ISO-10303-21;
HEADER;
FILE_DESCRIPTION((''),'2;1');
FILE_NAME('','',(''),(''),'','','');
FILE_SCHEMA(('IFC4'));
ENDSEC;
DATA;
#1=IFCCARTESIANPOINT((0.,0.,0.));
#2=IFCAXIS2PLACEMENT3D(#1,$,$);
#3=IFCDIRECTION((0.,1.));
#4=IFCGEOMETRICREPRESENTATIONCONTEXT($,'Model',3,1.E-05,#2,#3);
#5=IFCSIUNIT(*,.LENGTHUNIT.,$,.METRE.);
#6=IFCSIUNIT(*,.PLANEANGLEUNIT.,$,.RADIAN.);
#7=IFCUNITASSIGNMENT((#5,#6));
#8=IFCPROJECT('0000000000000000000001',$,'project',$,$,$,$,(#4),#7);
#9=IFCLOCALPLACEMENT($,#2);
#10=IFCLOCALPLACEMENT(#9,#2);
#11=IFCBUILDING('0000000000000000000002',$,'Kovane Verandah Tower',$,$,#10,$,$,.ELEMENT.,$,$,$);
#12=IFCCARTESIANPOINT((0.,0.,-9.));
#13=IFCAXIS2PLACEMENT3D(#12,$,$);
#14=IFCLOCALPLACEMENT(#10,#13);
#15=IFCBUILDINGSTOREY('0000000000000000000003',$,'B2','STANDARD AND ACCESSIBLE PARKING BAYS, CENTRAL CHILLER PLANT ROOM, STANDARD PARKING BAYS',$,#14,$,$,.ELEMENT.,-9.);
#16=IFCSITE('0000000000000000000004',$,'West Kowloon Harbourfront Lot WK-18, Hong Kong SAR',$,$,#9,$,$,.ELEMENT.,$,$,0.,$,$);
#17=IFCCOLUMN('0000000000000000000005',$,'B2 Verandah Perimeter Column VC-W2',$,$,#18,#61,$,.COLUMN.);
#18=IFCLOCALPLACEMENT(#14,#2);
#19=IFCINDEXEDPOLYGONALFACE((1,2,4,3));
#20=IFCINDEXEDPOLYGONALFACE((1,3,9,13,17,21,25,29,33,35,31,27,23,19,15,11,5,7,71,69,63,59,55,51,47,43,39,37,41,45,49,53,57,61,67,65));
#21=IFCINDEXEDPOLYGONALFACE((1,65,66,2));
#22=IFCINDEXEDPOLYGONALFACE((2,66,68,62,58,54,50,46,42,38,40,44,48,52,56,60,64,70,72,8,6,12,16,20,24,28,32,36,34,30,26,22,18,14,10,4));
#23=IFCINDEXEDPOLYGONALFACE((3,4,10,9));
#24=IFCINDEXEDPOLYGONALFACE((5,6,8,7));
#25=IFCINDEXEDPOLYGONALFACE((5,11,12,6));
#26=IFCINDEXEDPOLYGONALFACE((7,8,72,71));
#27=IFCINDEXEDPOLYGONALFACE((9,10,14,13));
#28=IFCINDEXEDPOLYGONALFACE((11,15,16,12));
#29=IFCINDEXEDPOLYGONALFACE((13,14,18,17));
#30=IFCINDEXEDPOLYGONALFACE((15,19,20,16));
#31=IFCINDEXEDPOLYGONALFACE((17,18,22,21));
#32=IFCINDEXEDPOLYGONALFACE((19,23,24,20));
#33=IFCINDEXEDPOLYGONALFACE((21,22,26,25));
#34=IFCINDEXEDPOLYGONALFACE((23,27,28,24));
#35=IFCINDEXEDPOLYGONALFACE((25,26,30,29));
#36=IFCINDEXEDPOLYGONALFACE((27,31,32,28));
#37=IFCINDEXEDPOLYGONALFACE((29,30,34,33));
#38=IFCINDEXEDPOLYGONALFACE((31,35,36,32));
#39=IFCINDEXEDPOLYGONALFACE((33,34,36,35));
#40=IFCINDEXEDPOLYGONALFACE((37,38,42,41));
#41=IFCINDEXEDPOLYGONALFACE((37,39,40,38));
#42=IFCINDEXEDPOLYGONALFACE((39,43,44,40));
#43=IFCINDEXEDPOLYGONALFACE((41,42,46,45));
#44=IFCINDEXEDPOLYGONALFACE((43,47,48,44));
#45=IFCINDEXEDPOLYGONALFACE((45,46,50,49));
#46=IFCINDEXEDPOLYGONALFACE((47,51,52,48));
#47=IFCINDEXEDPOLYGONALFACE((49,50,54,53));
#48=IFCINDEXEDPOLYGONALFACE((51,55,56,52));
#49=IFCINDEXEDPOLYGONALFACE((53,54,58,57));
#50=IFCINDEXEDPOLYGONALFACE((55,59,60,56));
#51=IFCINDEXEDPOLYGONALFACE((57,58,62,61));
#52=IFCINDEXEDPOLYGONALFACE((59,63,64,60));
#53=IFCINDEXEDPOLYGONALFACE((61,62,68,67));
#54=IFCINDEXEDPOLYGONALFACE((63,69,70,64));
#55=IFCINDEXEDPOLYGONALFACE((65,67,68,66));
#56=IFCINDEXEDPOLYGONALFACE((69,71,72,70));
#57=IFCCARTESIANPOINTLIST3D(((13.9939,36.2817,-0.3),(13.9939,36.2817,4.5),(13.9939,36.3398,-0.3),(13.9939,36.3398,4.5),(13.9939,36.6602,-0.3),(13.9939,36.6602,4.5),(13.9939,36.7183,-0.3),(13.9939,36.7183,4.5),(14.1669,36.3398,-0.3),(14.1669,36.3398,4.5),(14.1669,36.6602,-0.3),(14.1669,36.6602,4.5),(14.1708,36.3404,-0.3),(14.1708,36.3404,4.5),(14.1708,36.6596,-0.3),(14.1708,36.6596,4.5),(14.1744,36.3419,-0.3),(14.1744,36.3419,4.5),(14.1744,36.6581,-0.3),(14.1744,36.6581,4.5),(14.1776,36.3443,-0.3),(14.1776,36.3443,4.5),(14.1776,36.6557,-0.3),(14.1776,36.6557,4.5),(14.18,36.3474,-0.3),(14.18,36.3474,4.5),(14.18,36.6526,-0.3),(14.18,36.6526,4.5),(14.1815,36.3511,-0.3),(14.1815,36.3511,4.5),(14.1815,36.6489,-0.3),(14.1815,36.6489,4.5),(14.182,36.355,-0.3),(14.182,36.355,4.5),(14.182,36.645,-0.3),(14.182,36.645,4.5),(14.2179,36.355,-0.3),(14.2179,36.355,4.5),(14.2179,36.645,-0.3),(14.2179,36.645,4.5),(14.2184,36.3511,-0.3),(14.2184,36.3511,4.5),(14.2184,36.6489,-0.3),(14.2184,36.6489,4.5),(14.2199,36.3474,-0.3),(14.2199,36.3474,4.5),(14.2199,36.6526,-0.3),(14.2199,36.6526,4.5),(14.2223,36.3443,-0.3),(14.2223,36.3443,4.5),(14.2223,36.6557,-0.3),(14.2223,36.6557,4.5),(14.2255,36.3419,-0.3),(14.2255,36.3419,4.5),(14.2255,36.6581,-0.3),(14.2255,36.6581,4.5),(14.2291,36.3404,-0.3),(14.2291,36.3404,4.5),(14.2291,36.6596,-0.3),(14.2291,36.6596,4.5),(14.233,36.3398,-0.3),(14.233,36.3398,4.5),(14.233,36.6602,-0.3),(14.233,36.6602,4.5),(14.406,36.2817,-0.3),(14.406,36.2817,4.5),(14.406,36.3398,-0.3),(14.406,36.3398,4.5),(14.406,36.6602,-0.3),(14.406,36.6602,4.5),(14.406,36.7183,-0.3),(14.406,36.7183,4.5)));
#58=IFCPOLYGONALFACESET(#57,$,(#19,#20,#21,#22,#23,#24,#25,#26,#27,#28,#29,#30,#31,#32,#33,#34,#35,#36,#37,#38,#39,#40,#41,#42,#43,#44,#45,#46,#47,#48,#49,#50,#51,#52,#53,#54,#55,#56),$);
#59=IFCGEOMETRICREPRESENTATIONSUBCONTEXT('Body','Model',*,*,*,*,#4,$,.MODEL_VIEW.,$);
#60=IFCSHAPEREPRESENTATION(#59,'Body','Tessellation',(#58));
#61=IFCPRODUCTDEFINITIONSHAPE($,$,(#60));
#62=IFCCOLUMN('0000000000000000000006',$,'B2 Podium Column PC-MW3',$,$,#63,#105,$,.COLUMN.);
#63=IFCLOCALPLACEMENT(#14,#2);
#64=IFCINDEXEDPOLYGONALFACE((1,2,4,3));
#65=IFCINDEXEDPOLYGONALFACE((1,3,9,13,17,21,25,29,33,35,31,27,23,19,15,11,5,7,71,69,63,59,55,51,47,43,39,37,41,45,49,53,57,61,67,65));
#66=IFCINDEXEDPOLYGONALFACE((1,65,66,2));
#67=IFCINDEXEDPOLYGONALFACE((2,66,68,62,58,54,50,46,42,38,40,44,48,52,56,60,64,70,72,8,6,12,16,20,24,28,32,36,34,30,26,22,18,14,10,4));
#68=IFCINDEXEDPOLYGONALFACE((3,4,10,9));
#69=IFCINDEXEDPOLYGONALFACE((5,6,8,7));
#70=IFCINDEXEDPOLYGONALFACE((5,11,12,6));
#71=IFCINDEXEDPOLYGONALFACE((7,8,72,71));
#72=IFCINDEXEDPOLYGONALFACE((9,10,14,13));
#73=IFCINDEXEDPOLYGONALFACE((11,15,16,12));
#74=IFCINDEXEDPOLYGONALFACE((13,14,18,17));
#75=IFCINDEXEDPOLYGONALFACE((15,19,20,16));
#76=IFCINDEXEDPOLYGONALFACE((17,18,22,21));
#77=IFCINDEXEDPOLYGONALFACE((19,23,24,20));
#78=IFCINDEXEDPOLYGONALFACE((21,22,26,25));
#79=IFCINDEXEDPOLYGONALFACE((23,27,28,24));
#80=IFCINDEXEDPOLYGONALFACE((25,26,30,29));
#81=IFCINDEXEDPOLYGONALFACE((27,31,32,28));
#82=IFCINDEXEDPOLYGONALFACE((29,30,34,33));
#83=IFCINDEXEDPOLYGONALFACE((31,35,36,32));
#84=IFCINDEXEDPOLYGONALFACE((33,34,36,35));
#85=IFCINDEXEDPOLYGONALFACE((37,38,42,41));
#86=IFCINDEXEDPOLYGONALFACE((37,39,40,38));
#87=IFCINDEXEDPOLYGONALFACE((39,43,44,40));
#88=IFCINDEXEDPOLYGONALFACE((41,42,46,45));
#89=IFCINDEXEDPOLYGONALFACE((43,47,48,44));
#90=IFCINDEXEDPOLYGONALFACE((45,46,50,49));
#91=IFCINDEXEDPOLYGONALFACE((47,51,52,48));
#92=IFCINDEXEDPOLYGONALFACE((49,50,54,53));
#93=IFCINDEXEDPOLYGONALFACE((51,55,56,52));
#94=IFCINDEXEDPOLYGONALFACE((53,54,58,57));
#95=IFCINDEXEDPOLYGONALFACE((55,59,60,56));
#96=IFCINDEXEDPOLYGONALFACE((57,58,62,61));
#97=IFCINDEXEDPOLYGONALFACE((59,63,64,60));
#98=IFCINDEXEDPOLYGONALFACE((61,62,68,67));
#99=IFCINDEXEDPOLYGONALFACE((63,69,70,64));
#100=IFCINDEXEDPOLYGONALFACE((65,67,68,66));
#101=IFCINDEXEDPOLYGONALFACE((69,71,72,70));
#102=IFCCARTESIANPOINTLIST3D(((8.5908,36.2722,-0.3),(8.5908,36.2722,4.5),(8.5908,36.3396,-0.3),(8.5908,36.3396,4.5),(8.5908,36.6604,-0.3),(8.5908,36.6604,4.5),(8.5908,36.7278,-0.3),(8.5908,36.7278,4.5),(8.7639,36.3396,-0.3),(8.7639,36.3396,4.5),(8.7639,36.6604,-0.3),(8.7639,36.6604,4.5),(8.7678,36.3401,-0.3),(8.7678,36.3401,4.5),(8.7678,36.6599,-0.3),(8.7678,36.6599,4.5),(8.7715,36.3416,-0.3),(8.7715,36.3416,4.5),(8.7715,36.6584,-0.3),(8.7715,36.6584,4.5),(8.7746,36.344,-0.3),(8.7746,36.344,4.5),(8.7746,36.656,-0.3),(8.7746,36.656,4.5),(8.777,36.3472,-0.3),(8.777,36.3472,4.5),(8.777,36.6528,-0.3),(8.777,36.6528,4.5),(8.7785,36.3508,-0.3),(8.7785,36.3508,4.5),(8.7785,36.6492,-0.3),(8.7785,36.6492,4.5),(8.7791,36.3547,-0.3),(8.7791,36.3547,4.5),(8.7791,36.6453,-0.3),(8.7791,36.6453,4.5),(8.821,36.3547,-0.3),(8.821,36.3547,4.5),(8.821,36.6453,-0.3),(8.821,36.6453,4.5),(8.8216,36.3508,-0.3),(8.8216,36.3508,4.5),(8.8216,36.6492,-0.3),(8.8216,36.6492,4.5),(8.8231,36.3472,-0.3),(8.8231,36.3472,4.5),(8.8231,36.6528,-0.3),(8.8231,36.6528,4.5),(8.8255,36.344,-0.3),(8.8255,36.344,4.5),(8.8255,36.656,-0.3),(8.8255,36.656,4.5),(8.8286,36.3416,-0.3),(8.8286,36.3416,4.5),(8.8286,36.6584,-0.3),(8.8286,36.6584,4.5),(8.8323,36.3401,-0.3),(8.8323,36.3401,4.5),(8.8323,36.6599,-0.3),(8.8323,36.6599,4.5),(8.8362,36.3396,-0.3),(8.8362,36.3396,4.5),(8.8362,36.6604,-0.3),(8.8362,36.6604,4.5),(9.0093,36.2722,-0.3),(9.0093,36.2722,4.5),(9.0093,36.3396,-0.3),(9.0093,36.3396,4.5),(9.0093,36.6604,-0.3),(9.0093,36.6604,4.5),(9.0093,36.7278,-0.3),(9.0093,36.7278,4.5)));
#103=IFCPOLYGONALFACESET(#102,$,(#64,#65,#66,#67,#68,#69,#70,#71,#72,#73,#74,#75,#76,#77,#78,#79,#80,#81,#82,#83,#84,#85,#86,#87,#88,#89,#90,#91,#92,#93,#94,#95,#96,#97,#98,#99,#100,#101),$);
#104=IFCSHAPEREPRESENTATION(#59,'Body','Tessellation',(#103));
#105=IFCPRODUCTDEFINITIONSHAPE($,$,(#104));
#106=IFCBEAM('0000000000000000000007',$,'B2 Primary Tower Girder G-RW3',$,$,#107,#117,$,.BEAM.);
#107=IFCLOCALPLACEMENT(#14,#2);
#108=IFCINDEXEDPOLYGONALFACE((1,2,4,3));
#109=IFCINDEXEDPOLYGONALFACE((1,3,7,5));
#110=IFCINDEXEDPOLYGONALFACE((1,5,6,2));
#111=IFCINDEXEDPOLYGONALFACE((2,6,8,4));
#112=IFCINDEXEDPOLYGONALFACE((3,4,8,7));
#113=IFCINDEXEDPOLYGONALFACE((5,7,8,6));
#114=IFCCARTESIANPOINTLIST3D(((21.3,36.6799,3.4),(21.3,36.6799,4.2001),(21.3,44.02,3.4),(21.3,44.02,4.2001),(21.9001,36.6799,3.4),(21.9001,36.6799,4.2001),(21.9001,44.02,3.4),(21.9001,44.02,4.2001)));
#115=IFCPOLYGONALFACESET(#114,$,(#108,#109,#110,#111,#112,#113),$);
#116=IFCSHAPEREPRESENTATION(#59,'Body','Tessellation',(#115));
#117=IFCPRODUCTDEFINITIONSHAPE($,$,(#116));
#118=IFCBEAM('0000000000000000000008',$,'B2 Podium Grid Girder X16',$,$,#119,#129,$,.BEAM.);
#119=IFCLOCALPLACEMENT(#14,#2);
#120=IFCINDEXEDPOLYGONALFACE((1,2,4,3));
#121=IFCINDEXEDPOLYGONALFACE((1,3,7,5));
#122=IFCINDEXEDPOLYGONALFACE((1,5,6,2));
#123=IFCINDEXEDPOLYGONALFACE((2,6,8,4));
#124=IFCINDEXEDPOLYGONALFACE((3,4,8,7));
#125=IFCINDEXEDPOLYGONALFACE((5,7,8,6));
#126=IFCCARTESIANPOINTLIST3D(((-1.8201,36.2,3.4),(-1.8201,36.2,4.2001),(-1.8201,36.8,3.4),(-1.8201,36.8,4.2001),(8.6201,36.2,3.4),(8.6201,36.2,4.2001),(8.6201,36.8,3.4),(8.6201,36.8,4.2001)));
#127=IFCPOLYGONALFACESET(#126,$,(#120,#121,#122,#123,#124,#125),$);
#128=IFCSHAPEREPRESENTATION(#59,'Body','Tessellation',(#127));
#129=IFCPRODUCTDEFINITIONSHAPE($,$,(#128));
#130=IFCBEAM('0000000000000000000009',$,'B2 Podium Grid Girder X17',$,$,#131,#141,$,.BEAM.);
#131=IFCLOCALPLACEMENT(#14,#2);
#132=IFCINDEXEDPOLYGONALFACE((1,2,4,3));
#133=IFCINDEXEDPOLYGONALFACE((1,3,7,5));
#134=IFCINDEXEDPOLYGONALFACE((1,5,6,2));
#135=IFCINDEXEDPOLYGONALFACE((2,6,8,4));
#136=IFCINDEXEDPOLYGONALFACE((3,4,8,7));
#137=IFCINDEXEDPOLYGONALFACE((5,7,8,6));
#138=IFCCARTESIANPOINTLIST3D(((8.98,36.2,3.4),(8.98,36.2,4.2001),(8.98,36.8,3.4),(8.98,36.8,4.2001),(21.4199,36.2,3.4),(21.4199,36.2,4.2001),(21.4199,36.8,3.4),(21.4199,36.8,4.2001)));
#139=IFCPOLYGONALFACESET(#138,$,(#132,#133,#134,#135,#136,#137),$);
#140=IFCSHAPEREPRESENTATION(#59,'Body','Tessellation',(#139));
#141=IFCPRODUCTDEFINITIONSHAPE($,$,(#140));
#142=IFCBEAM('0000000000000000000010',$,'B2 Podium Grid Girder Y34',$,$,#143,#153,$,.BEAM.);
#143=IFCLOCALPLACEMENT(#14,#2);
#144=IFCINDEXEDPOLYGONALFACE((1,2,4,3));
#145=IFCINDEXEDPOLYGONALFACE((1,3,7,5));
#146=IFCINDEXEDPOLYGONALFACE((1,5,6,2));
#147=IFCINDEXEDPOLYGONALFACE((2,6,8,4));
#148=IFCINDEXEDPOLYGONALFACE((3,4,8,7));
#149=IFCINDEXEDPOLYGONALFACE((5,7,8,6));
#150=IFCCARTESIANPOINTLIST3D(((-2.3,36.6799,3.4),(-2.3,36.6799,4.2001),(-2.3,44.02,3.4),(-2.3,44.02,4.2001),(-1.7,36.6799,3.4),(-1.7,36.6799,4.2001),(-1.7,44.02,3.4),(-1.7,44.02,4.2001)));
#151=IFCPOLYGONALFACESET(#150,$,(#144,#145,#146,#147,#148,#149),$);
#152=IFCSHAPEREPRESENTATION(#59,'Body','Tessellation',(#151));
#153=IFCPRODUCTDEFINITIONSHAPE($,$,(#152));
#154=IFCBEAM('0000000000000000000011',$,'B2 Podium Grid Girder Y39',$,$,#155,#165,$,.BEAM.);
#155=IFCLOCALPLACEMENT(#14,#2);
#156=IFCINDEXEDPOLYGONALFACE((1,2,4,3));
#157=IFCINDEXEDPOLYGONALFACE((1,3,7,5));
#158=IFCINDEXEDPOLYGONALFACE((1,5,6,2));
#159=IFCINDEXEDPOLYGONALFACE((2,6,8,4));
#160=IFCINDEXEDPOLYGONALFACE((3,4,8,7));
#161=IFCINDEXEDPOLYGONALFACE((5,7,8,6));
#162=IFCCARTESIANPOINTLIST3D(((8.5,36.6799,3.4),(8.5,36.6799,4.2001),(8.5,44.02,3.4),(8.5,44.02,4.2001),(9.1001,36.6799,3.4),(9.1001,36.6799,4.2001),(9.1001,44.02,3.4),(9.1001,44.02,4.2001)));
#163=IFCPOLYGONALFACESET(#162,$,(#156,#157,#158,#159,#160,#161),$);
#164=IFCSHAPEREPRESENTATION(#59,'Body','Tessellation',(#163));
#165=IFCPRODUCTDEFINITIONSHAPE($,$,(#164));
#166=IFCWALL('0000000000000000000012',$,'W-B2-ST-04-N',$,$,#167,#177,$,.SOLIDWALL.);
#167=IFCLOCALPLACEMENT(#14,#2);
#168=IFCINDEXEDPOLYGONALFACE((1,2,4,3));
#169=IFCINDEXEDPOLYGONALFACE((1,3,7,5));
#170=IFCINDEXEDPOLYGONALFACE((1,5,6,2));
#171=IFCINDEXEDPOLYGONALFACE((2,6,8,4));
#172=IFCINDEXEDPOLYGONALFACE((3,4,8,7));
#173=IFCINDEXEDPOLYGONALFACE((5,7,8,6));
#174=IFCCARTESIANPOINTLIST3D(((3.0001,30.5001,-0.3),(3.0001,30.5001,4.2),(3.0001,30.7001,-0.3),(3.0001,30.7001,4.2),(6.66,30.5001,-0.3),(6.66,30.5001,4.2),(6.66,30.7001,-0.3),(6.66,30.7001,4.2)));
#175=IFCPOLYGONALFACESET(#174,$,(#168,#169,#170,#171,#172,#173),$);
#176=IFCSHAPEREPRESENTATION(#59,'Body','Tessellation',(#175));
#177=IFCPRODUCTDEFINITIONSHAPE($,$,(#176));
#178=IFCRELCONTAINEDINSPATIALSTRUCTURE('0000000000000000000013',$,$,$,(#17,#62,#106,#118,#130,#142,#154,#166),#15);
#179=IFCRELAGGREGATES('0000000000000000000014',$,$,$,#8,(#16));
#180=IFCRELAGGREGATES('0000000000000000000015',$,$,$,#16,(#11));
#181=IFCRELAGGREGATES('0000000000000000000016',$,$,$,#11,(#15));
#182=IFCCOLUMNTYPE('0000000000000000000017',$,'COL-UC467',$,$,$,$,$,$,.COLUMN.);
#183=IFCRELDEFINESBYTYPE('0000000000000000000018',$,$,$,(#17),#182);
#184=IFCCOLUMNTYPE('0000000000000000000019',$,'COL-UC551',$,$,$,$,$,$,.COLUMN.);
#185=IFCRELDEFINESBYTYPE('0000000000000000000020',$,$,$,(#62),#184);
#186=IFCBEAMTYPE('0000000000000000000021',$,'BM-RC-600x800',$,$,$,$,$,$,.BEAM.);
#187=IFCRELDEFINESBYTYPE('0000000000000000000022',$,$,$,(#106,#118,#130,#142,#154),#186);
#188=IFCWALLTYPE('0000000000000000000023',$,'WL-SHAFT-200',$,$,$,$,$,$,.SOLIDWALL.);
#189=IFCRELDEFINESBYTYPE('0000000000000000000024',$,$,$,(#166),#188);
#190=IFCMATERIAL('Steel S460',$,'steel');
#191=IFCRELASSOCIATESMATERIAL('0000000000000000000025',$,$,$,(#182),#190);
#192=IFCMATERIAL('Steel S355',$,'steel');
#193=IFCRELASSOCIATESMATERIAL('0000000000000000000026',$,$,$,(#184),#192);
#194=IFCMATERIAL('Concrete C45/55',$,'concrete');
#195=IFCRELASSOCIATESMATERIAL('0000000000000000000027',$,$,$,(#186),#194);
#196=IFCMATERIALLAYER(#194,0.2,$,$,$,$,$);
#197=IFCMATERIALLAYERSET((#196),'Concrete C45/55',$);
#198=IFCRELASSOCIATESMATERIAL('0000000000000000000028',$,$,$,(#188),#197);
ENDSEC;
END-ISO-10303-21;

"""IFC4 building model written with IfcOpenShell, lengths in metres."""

from ifc_helpers import new_model, si_unit, direction, frame, frame_2d, origin, origin_2d, place, context, subcontext, project, spatial, rectangle, i_section, extrude, material, layer, layer_set, material_profile, profile_set, type_object, element, save


model = new_model("IFC4")

# Units and contexts
model_context = context("Model", 3, precision=1e-05, world=origin(), true_north=direction((0.0, 1.0)))
body_context = subcontext(model_context, "Body", "Model", "MODEL_VIEW")
ifc_project = project(units=[si_unit("LENGTHUNIT", "METRE"), si_unit("PLANEANGLEUNIT", "RADIAN")], contexts=[model_context])

# Site, building, storey
site_placement = place(None, origin())
site = spatial("IfcSite", under=ifc_project, at=site_placement, Name="West Kowloon Harbourfront Lot WK-18, Hong Kong SAR", CompositionType="ELEMENT", RefElevation=0.0)
building_placement = place(site_placement, origin())
building = spatial("IfcBuilding", under=site, at=building_placement, Name="Kovane Verandah Tower", CompositionType="ELEMENT")
storey_placement = place(building_placement, frame((0.0, 0.0, -9.0)))
storey = spatial("IfcBuildingStorey", under=building, at=storey_placement, Name="B2", Description="STANDARD AND ACCESSIBLE PARKING BAYS, CENTRAL CHILLER PLANT ROOM, STANDARD PARKING BAYS", CompositionType="ELEMENT", Elevation=-9.0)

# Columns
ifc_material_1 = material(Name="Steel S460", Category="steel")
ifc_material_profile_1 = material_profile(ifc_material_1, i_section(OverallWidth=0.4121, OverallDepth=0.4365, WebThickness=0.0359, FlangeThickness=0.0581, FilletRadius=0.0151, at=origin_2d()), Name="UC356x406x467")
ifc_profile_set_1 = profile_set([ifc_material_profile_1], Name="Steel S460")
column_type_1 = type_object("IfcColumnType", Name="COL-UC467", PredefinedType="COLUMN", material=ifc_profile_set_1)
column_1_placement = place(storey_placement, frame((14.2, 36.5, -0.3), z_axis=(0.0, 0.0, 1.0), x_axis=(1.0, 0.0, 0.0)))
element("IfcColumn", 1, at=column_1_placement, inside=storey, type_object=column_type_1, Name="B2 Verandah Perimeter Column VC-W2", PredefinedType="COLUMN", context=body_context, shape_type="SweptSolid", body=[
    extrude(i_section(OverallWidth=0.4121, OverallDepth=0.4365, WebThickness=0.0359, FlangeThickness=0.0581, FilletRadius=0.0151, at=origin_2d()), origin(), (0.0, 0.0, 1.0), 4.8),
])
ifc_material_2 = material(Name="Steel S355", Category="steel")
ifc_material_profile_2 = material_profile(ifc_material_2, i_section(OverallWidth=0.4185, OverallDepth=0.4556, WebThickness=0.042, FlangeThickness=0.0674, FilletRadius=0.0151, at=origin_2d()), Name="UC356x406x551")
ifc_profile_set_2 = profile_set([ifc_material_profile_2], Name="Steel S355")
column_type_2 = type_object("IfcColumnType", Name="COL-UC551", PredefinedType="COLUMN", material=ifc_profile_set_2)
column_2_placement = place(storey_placement, frame((8.8, 36.5, -0.3), z_axis=(0.0, 0.0, 1.0), x_axis=(1.0, 0.0, 0.0)))
element("IfcColumn", 2, at=column_2_placement, inside=storey, type_object=column_type_2, Name="B2 Podium Column PC-MW3", PredefinedType="COLUMN", context=body_context, shape_type="SweptSolid", body=[
    extrude(i_section(OverallWidth=0.4185, OverallDepth=0.4556, WebThickness=0.042, FlangeThickness=0.0674, FilletRadius=0.0151, at=origin_2d()), origin(), (0.0, 0.0, 1.0), 4.8),
])

# Beams
ifc_material_3 = material(Name="Concrete C45/55", Category="concrete")
ifc_material_profile_3 = material_profile(ifc_material_3, rectangle(XDim=0.6001, YDim=0.8, at=origin_2d()), Name="RCB600x800")
ifc_profile_set_3 = profile_set([ifc_material_profile_3], Name="Concrete C45/55")
beam_type = type_object("IfcBeamType", Name="BM-RC-600x800", PredefinedType="BEAM", material=ifc_profile_set_3)
beam_1_placement = place(storey_placement, frame((21.6001, 36.6799, 3.8), z_axis=(0.0, 1.0, 0.0), x_axis=(-1.0, 0.0, 0.0)))
element("IfcBeam", 3, at=beam_1_placement, inside=storey, type_object=beam_type, Name="B2 Primary Tower Girder G-RW3", PredefinedType="BEAM", context=body_context, shape_type="SweptSolid", body=[
    extrude(rectangle(XDim=0.6001, YDim=0.8, at=origin_2d()), origin(), (0.0, 0.0, 1.0), 7.3401),
])
beam_2_placement = place(storey_placement, frame((-1.8201, 36.5, 3.8), z_axis=(1.0, 0.0, 0.0), x_axis=(0.0, 1.0, 0.0)))
element("IfcBeam", 4, at=beam_2_placement, inside=storey, type_object=beam_type, Name="B2 Podium Grid Girder X16", PredefinedType="BEAM", context=body_context, shape_type="SweptSolid", body=[
    extrude(rectangle(XDim=0.6001, YDim=0.8, at=origin_2d()), origin(), (0.0, 0.0, 1.0), 10.4402),
])
beam_3_placement = place(storey_placement, frame((8.98, 36.5, 3.8), z_axis=(1.0, 0.0, 0.0), x_axis=(0.0, 1.0, 0.0)))
element("IfcBeam", 5, at=beam_3_placement, inside=storey, type_object=beam_type, Name="B2 Podium Grid Girder X17", PredefinedType="BEAM", context=body_context, shape_type="SweptSolid", body=[
    extrude(rectangle(XDim=0.6001, YDim=0.8, at=origin_2d()), origin(), (0.0, 0.0, 1.0), 12.4399),
])
for number, where, z_axis, x_axis, name in (
    (6, (-2.0, 36.6799, 3.8), (0.0, 1.0, 0.0), (-1.0, 0.0, 0.0), "B2 Podium Grid Girder Y34"),
    (7, (8.8, 36.6799, 3.8), (0.0, 1.0, 0.0), (-1.0, 0.0, 0.0), "B2 Podium Grid Girder Y39"),
):
    element("IfcBeam", number, at=place(storey_placement, frame(where, z_axis=z_axis, x_axis=x_axis)), inside=storey, type_object=beam_type, Name=name, PredefinedType="BEAM", context=body_context, shape_type="SweptSolid", body=[
        extrude(rectangle(XDim=0.6001, YDim=0.8, at=origin_2d()), origin(), (0.0, 0.0, 1.0), 7.3401),
    ])

# Wall
ifc_layer_1 = layer(ifc_material_3, 0.2)
ifc_layer_set_1 = layer_set([ifc_layer_1], Name="Concrete C45/55")
wall_type = type_object("IfcWallType", Name="WL-SHAFT-200", PredefinedType="SOLIDWALL", material=ifc_layer_set_1)
wall_placement = place(storey_placement, frame((3.0, 30.6001, -0.3), z_axis=(0.0, 0.0, 1.0), x_axis=(1.0, 0.0, 0.0)))
element("IfcWall", 8, at=wall_placement, inside=storey, type_object=wall_type, Name="W-B2-ST-04-N", PredefinedType="SOLIDWALL", context=body_context, shape_type="SweptSolid", body=[
    extrude(rectangle(XDim=3.6599, YDim=0.2, at=frame_2d((1.8301, 0.0))), origin(), (0.0, 0.0, 1.0), 4.5),
])

save(model, "model.ifc")
